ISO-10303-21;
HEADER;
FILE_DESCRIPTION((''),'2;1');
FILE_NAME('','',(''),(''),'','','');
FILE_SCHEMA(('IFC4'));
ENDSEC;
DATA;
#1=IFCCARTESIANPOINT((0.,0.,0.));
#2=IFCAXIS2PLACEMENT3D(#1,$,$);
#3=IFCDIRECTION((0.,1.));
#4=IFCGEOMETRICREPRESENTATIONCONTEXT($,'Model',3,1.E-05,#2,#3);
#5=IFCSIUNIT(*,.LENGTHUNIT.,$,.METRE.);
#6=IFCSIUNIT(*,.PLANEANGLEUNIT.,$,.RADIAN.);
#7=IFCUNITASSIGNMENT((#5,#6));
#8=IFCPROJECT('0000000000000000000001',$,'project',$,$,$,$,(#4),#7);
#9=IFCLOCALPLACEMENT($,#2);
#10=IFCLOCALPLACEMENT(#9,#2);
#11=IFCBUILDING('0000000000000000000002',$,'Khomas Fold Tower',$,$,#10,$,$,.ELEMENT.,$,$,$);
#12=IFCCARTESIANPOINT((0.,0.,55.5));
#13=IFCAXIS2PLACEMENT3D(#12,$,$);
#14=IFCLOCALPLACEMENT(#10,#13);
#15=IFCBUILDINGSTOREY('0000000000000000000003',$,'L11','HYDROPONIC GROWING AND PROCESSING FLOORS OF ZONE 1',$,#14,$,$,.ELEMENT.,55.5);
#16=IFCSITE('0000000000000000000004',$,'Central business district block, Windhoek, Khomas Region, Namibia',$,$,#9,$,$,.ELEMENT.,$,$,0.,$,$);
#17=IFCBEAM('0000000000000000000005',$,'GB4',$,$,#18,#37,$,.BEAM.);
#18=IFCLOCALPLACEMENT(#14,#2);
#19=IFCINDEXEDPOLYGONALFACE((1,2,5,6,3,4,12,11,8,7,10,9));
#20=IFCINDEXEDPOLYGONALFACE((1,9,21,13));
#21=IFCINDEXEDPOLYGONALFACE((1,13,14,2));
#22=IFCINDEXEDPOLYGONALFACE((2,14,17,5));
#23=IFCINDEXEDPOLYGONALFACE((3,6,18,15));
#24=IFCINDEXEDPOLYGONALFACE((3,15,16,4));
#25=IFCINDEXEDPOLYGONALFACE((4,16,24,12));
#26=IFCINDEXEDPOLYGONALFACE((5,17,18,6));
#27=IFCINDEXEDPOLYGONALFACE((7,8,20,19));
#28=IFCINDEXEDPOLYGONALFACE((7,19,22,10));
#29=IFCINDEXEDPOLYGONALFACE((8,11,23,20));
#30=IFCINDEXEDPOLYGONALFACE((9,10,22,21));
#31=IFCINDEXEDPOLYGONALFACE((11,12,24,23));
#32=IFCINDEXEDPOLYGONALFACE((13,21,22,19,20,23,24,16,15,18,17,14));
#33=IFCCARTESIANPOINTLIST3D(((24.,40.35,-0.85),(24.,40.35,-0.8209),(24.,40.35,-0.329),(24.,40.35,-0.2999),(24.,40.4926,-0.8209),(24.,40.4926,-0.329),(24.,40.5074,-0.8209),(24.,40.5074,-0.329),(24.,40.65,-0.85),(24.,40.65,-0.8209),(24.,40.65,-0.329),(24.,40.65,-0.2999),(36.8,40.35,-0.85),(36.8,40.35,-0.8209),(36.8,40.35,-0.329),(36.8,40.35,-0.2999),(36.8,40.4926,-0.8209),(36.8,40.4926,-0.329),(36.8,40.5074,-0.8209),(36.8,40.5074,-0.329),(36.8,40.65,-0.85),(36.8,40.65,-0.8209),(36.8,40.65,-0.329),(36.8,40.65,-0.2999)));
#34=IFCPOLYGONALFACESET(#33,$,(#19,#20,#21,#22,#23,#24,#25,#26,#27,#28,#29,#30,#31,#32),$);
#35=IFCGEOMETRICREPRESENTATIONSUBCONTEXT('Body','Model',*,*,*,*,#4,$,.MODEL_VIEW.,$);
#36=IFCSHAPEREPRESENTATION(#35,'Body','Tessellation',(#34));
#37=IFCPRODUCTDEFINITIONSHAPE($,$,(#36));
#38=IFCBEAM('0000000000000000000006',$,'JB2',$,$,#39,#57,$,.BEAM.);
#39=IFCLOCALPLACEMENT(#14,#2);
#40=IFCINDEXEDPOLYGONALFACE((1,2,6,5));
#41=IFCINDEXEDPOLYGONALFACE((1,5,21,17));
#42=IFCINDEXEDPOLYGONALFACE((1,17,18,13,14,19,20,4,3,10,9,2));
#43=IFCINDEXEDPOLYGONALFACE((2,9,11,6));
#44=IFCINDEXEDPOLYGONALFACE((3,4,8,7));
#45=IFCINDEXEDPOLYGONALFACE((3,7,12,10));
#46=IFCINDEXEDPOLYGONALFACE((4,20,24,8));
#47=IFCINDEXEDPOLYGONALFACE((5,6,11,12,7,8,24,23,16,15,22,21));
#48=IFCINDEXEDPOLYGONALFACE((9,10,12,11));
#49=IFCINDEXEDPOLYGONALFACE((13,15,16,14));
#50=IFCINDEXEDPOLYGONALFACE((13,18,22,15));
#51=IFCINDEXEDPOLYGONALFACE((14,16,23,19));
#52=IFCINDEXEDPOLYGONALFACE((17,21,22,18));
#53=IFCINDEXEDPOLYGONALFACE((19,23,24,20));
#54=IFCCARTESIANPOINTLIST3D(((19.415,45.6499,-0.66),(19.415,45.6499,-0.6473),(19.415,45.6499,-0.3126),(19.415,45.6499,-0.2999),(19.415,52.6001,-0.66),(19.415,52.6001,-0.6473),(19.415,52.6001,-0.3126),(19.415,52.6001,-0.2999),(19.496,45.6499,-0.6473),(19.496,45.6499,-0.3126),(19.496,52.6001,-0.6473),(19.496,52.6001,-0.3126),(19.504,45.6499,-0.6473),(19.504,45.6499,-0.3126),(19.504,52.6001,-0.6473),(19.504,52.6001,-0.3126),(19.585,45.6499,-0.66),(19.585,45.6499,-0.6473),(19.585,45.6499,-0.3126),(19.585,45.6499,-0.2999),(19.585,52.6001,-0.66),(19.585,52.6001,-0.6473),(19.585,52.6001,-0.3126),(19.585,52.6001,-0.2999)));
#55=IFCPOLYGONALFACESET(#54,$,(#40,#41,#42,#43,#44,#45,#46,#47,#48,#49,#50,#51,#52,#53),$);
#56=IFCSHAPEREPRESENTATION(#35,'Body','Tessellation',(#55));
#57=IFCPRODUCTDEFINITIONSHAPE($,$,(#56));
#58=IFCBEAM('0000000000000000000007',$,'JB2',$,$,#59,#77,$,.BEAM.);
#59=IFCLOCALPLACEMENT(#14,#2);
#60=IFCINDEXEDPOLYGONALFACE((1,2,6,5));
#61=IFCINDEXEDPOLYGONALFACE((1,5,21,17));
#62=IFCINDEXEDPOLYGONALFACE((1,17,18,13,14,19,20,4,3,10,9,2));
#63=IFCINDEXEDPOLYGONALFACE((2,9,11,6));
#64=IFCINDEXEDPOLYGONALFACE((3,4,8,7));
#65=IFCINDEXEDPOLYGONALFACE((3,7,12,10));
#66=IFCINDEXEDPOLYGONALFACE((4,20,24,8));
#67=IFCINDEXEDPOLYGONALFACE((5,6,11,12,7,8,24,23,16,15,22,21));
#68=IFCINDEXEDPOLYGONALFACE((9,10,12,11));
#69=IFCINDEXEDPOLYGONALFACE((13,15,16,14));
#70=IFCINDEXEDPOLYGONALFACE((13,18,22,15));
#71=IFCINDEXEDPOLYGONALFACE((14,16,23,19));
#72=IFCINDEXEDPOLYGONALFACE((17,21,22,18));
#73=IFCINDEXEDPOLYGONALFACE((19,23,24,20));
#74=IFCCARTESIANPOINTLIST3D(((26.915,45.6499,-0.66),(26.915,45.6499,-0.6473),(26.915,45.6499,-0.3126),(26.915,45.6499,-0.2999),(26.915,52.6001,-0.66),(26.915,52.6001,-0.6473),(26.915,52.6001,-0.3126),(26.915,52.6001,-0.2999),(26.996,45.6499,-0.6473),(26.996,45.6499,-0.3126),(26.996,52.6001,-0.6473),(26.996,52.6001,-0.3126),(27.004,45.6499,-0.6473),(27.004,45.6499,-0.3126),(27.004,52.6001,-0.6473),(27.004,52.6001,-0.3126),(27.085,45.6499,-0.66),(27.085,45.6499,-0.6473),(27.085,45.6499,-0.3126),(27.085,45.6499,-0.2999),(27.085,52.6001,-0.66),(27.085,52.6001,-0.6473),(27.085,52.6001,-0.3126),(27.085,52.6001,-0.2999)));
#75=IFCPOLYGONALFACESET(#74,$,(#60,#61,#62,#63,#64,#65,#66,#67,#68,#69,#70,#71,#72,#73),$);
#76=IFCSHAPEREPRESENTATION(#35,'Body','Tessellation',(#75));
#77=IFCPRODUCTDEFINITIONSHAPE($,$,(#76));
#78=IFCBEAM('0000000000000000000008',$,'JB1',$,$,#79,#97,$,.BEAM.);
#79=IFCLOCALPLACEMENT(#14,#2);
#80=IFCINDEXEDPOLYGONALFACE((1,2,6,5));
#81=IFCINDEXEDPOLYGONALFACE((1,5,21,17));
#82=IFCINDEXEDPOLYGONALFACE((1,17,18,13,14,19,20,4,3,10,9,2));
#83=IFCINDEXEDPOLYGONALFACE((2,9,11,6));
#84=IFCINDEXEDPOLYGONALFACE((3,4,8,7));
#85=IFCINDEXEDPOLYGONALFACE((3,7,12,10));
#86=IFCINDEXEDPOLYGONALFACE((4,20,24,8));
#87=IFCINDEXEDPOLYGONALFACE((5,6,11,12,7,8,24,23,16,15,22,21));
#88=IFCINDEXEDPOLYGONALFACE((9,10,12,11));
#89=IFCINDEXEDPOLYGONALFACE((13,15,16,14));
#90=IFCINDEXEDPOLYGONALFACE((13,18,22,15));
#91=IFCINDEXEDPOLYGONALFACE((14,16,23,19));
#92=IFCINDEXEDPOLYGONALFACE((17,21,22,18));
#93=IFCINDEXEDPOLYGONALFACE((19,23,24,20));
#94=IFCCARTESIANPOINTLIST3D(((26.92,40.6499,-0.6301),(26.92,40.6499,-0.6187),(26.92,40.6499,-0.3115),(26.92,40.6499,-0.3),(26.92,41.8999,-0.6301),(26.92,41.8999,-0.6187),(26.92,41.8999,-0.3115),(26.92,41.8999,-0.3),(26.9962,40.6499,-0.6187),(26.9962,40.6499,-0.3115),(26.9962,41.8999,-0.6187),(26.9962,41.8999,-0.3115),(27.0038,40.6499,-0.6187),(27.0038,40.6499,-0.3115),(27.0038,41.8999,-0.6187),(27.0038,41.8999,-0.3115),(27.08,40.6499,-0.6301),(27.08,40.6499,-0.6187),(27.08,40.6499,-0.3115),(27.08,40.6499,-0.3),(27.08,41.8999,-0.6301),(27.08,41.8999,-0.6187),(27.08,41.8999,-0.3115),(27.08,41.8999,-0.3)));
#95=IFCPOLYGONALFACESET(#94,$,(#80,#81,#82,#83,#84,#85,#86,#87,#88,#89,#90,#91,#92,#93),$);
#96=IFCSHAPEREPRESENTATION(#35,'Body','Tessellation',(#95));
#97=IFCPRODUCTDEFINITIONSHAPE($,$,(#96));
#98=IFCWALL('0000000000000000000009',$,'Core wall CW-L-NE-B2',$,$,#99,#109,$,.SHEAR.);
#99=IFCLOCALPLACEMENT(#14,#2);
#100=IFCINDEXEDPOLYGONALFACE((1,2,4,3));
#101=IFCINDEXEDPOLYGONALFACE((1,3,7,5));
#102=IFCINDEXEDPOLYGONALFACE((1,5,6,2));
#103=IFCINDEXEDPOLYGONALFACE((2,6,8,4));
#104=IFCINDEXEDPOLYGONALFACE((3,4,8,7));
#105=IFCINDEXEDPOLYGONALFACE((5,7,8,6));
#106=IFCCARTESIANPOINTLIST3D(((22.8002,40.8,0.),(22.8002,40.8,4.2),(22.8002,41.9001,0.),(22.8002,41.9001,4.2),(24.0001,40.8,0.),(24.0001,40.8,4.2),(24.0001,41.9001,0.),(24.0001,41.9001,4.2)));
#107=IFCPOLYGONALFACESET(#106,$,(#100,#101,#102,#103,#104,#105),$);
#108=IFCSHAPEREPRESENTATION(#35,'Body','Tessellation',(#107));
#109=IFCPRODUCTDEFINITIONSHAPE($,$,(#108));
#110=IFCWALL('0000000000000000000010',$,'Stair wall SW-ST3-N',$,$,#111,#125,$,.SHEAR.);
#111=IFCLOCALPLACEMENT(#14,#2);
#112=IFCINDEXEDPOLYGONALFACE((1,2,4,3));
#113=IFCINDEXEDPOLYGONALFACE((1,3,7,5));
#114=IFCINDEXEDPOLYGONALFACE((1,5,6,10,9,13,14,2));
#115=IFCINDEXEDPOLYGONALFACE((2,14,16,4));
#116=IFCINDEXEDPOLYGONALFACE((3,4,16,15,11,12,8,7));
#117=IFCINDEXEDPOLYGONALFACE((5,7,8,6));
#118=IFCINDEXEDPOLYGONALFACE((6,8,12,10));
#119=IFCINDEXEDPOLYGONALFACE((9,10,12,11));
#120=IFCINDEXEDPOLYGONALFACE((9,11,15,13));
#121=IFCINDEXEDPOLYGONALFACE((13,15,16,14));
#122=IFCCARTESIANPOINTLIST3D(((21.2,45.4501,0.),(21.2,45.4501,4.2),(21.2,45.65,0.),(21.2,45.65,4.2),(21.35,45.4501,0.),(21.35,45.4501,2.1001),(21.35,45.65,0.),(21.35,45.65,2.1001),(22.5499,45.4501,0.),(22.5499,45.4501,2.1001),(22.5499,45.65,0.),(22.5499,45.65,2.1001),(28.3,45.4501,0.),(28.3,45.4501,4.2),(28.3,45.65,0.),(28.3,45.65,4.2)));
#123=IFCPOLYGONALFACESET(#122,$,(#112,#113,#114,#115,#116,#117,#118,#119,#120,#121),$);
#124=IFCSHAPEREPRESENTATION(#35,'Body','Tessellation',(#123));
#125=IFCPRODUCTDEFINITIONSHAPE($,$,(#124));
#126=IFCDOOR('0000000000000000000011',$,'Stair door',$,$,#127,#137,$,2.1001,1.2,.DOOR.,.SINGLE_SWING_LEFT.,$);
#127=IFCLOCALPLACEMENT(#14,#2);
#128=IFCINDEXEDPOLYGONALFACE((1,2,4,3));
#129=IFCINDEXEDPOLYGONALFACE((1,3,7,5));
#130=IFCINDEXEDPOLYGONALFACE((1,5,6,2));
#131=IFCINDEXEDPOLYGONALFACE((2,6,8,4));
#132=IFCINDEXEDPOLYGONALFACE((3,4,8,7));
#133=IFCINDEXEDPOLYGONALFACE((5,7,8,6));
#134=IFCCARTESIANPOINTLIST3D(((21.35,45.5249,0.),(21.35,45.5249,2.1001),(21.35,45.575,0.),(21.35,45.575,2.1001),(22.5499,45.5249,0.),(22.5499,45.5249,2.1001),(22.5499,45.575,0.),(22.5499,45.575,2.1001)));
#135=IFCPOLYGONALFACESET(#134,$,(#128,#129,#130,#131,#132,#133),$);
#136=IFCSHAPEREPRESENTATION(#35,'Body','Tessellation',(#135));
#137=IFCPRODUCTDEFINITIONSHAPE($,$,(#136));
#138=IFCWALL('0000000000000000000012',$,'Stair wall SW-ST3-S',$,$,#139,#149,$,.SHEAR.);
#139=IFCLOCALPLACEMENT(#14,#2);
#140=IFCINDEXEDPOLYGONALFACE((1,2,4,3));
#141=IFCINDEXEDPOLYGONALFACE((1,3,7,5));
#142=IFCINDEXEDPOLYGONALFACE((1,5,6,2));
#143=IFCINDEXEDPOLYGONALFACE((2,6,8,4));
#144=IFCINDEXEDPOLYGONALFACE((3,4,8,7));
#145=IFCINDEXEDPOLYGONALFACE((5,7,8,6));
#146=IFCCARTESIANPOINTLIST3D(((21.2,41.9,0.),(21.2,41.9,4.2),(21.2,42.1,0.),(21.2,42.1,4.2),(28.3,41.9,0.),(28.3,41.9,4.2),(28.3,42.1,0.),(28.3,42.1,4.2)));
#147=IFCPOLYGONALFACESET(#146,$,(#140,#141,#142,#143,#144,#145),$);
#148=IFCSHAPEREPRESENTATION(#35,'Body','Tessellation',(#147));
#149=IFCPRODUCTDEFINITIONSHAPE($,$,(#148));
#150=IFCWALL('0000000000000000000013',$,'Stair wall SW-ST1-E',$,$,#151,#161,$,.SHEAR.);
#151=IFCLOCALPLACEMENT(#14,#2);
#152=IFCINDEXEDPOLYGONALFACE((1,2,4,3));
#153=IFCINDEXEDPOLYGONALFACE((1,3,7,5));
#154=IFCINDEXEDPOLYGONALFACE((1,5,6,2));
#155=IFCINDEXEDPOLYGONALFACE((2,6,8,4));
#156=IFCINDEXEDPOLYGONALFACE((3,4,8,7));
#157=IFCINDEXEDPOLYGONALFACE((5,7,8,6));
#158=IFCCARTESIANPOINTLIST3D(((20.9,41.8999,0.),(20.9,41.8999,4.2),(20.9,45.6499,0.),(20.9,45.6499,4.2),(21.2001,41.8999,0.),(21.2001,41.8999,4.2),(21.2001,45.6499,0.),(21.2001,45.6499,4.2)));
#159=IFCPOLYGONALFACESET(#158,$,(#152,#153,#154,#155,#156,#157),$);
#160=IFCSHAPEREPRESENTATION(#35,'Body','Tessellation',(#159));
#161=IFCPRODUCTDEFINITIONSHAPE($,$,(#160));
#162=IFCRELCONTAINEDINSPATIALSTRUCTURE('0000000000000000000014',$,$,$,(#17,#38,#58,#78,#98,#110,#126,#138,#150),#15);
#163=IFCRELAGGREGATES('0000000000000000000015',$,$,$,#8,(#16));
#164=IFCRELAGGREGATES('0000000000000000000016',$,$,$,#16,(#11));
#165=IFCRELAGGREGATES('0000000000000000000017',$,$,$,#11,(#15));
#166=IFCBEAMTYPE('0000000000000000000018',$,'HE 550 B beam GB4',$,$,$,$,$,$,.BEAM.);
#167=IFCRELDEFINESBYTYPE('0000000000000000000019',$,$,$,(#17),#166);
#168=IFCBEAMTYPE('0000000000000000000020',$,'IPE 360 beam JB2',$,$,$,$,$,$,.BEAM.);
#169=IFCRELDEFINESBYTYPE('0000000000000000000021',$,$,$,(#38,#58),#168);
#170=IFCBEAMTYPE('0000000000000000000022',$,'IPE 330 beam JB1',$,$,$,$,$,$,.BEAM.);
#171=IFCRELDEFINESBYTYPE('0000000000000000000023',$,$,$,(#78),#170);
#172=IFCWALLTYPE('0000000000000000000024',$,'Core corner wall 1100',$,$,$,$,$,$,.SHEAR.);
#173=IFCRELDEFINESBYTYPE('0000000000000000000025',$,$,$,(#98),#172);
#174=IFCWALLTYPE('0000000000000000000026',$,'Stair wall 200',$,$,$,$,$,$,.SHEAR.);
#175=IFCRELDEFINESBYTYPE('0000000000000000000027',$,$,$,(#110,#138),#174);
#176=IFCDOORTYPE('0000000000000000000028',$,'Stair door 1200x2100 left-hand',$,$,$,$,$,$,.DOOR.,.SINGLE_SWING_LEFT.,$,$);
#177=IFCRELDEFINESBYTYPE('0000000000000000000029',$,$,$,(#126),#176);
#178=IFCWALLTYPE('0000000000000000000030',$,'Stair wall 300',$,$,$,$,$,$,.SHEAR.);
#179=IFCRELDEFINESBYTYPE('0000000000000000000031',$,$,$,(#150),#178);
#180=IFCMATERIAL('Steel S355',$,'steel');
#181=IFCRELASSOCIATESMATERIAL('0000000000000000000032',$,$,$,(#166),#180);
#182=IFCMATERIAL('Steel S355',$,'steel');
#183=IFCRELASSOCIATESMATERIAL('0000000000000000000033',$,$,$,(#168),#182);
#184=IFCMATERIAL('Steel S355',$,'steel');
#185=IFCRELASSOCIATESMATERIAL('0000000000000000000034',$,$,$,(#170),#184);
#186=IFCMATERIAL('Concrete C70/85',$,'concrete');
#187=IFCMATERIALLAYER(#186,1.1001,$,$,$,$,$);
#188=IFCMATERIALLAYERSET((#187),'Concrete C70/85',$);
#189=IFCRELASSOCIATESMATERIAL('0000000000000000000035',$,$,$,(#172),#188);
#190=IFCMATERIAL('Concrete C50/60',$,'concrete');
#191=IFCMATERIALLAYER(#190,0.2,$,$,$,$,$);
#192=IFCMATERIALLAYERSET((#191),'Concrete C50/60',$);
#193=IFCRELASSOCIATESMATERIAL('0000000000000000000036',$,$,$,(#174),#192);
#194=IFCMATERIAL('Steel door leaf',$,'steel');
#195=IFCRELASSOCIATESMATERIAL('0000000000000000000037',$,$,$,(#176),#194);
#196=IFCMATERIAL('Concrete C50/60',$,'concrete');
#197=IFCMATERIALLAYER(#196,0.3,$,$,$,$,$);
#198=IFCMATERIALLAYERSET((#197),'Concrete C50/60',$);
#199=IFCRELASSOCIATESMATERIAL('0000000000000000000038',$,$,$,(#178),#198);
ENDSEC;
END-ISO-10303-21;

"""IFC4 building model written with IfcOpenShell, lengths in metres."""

from ifc_helpers import new_model, si_unit, direction, frame, frame_2d, origin, origin_2d, place, context, subcontext, project, spatial, rectangle, i_section, extrude, source, transform, mapped, material, layer, layer_set, material_profile, profile_set, type_object, element, fill, save


model = new_model("IFC4")

# Units and contexts
model_context = context("Model", 3, precision=1e-05, world=origin(), true_north=direction((0.0, 1.0)))
body_context = subcontext(model_context, "Body", "Model", "MODEL_VIEW")
ifc_project = project(units=[si_unit("LENGTHUNIT", "METRE"), si_unit("PLANEANGLEUNIT", "RADIAN")], contexts=[model_context])

# Site, building, storey
site_placement = place(None, origin())
site = spatial("IfcSite", under=ifc_project, at=site_placement, Name="Central business district block, Windhoek, Khomas Region, Namibia", CompositionType="ELEMENT", RefElevation=0.0)
building_placement = place(site_placement, origin())
building = spatial("IfcBuilding", under=site, at=building_placement, Name="Khomas Fold Tower", CompositionType="ELEMENT")
storey_placement = place(building_placement, frame((0.0, 0.0, 55.5)))
storey = spatial("IfcBuildingStorey", under=building, at=storey_placement, Name="L11", Description="HYDROPONIC GROWING AND PROCESSING FLOORS OF ZONE 1", CompositionType="ELEMENT", Elevation=55.5)

# Beams
ifc_material_1 = material(Name="Steel S355", Category="steel")
ifc_material_profile_1 = material_profile(ifc_material_1, i_section(OverallWidth=0.3, OverallDepth=0.55, WebThickness=0.0149, FlangeThickness=0.0291, at=origin_2d()), Name="HE 550 B")
ifc_profile_set_1 = profile_set([ifc_material_profile_1], Name="Steel S355")
beam_type_1 = type_object("IfcBeamType", Name="HE 550 B beam GB4", PredefinedType="BEAM", material=ifc_profile_set_1)
shared_shape_1 = source(origin(), body_context, "Body", "SweptSolid", [
    extrude(i_section(OverallWidth=0.3, OverallDepth=0.55, WebThickness=0.0149, FlangeThickness=0.0291, at=origin_2d()), origin(), (0.0, 0.0, 1.0), 12.8),
])
beam_1_placement = place(storey_placement, frame((24.0, 40.5, -0.575), z_axis=(1.0, 0.0, 0.0), x_axis=(0.0, 1.0, 0.0)))
element("IfcBeam", 1, at=beam_1_placement, inside=storey, type_object=beam_type_1, Name="GB4", PredefinedType="BEAM", context=body_context, shape_type="MappedRepresentation", body=[
    mapped(shared_shape_1, transform((0.0, 0.0, 0.0))),
])
ifc_material_2 = material(Name="Steel S355", Category="steel")
ifc_material_profile_2 = material_profile(ifc_material_2, i_section(OverallWidth=0.1699, OverallDepth=0.3601, WebThickness=0.0081, FlangeThickness=0.0127, at=origin_2d()), Name="IPE 360")
ifc_profile_set_2 = profile_set([ifc_material_profile_2], Name="Steel S355")
beam_type_2 = type_object("IfcBeamType", Name="IPE 360 beam JB2", PredefinedType="BEAM", material=ifc_profile_set_2)
shared_shape_2 = source(origin(), body_context, "Body", "SweptSolid", [
    extrude(i_section(OverallWidth=0.1699, OverallDepth=0.3601, WebThickness=0.0081, FlangeThickness=0.0127, at=origin_2d()), origin(), (0.0, 0.0, 1.0), 6.9502),
])
for number, where, z_axis, x_axis, name in (
    (2, (19.5, 45.6499, -0.48), (0.0, 1.0, 0.0), (-1.0, 0.0, 0.0), "JB2"),
    (3, (27.0, 45.6499, -0.48), (0.0, 1.0, 0.0), (-1.0, 0.0, 0.0), "JB2"),
):
    element("IfcBeam", number, at=place(storey_placement, frame(where, z_axis=z_axis, x_axis=x_axis)), inside=storey, type_object=beam_type_2, Name=name, PredefinedType="BEAM", context=body_context, shape_type="MappedRepresentation", body=[
        mapped(shared_shape_2, transform((0.0, 0.0, 0.0))),
    ])
ifc_material_3 = material(Name="Steel S355", Category="steel")
ifc_material_profile_3 = material_profile(ifc_material_3, i_section(OverallWidth=0.1599, OverallDepth=0.3301, WebThickness=0.0076, FlangeThickness=0.0115, at=origin_2d()), Name="IPE 330")
ifc_profile_set_3 = profile_set([ifc_material_profile_3], Name="Steel S355")
beam_type_3 = type_object("IfcBeamType", Name="IPE 330 beam JB1", PredefinedType="BEAM", material=ifc_profile_set_3)
shared_shape_3 = source(origin(), body_context, "Body", "SweptSolid", [
    extrude(i_section(OverallWidth=0.1599, OverallDepth=0.3301, WebThickness=0.0076, FlangeThickness=0.0115, at=origin_2d()), origin(), (0.0, 0.0, 1.0), 1.25),
])
beam_2_placement = place(storey_placement, frame((27.0, 40.6499, -0.4651), z_axis=(0.0, 1.0, 0.0), x_axis=(-1.0, 0.0, 0.0)))
element("IfcBeam", 4, at=beam_2_placement, inside=storey, type_object=beam_type_3, Name="JB1", PredefinedType="BEAM", context=body_context, shape_type="MappedRepresentation", body=[
    mapped(shared_shape_3, transform((0.0, 0.0, 0.0))),
])

# Wall
ifc_material_4 = material(Name="Concrete C70/85", Category="concrete")
ifc_layer_1 = layer(ifc_material_4, 1.1001)
ifc_layer_set_1 = layer_set([ifc_layer_1], Name="Concrete C70/85")
wall_type_1 = type_object("IfcWallType", Name="Core corner wall 1100", PredefinedType="SHEAR", material=ifc_layer_set_1)
shared_shape_4 = source(origin(), body_context, "Body", "SweptSolid", [
    extrude(rectangle(XDim=1.2, YDim=1.1001, at=frame_2d((0.6001, 0.0))), origin(), (0.0, 0.0, 1.0), 4.2),
])
wall_1_placement = place(storey_placement, frame((22.8, 41.3501, 0.0), z_axis=(0.0, 0.0, 1.0), x_axis=(1.0, 0.0, 0.0)))
element("IfcWall", 5, at=wall_1_placement, inside=storey, type_object=wall_type_1, Name="Core wall CW-L-NE-B2", PredefinedType="SHEAR", context=body_context, shape_type="MappedRepresentation", body=[
    mapped(shared_shape_4, transform((0.0, 0.0, 0.0))),
])

# Wall, opening, door
ifc_material_5 = material(Name="Concrete C50/60", Category="concrete")
ifc_layer_2 = layer(ifc_material_5, 0.2)
ifc_layer_set_2 = layer_set([ifc_layer_2], Name="Concrete C50/60")
wall_type_2 = type_object("IfcWallType", Name="Stair wall 200", PredefinedType="SHEAR", material=ifc_layer_set_2)
shared_shape_5 = source(origin(), body_context, "Body", "SweptSolid", [
    extrude(rectangle(XDim=7.1001, YDim=0.2, at=frame_2d((3.55, 0.0))), origin(), (0.0, 0.0, 1.0), 4.2),
])
wall_2_placement = place(storey_placement, frame((21.2, 45.55, 0.0), z_axis=(0.0, 0.0, 1.0), x_axis=(1.0, 0.0, 0.0)))
wall_2 = element("IfcWall", 6, at=wall_2_placement, inside=storey, type_object=wall_type_2, Name="Stair wall SW-ST3-N", PredefinedType="SHEAR", context=body_context, shape_type="MappedRepresentation", body=[
    mapped(shared_shape_5, transform((0.0, 0.0, 0.0))),
])
shared_shape_6 = source(origin(), body_context, "Body", "SweptSolid", [
    extrude(rectangle(XDim=1.2, YDim=2.1001, at=frame_2d((0.6001, 1.05))), frame((0.0, 0.1099, 0.0), z_axis=(0.0, -1.0, 0.0), x_axis=(1.0, 0.0, 0.0)), (0.0, 0.0, 1.0), 0.22),
])
opening_1_placement = place(wall_2_placement, frame((0.1499, 0.0, 0.0)))
opening_1 = element("IfcOpeningElement", 7, at=opening_1_placement, cuts=wall_2, PredefinedType="OPENING", context=body_context, shape_type="MappedRepresentation", body=[
    mapped(shared_shape_6, transform((0.0, 0.0, 0.0))),
])
ifc_material_6 = material(Name="Steel door leaf", Category="steel")
door_type_1 = type_object("IfcDoorType", Name="Stair door 1200x2100 left-hand", OperationType="SINGLE_SWING_LEFT", PredefinedType="DOOR", material=ifc_material_6)
shared_shape_7 = source(origin(), body_context, "Body", "SweptSolid", [
    extrude(rectangle(XDim=1.2, YDim=2.1001, at=frame_2d((0.6001, 1.05))), frame((0.0, 0.0249, 0.0), z_axis=(0.0, -1.0, 0.0), x_axis=(1.0, 0.0, 0.0)), (0.0, 0.0, 1.0), 0.05),
])
door_1_placement = place(opening_1_placement, origin())
door_1 = element("IfcDoor", 8, at=door_1_placement, inside=storey, type_object=door_type_1, Name="Stair door", OperationType="SINGLE_SWING_LEFT", OverallHeight=2.1001, OverallWidth=1.2, PredefinedType="DOOR", context=body_context, shape_type="MappedRepresentation", body=[
    mapped(shared_shape_7, transform((0.0, 0.0, 0.0))),
])
fill(opening_1, door_1)

# Walls
wall_3_placement = place(storey_placement, frame((21.2, 42.0, 0.0), z_axis=(0.0, 0.0, 1.0), x_axis=(1.0, 0.0, 0.0)))
element("IfcWall", 9, at=wall_3_placement, inside=storey, type_object=wall_type_2, Name="Stair wall SW-ST3-S", PredefinedType="SHEAR", context=body_context, shape_type="MappedRepresentation", body=[
    mapped(shared_shape_5, transform((0.0, 0.0, 0.0))),
])
ifc_material_7 = material(Name="Concrete C50/60", Category="concrete")
ifc_layer_3 = layer(ifc_material_7, 0.3)
ifc_layer_set_3 = layer_set([ifc_layer_3], Name="Concrete C50/60")
wall_type_3 = type_object("IfcWallType", Name="Stair wall 300", PredefinedType="SHEAR", material=ifc_layer_set_3)
shared_shape_8 = source(origin(), body_context, "Body", "SweptSolid", [
    extrude(rectangle(XDim=3.75, YDim=0.3, at=frame_2d((1.875, 0.0))), origin(), (0.0, 0.0, 1.0), 4.2),
])
wall_4_placement = place(storey_placement, frame((21.05, 41.8999, 0.0), z_axis=(0.0, 0.0, 1.0), x_axis=(0.0, 1.0, 0.0)))
element("IfcWall", 10, at=wall_4_placement, inside=storey, type_object=wall_type_3, Name="Stair wall SW-ST1-E", PredefinedType="SHEAR", context=body_context, shape_type="MappedRepresentation", body=[
    mapped(shared_shape_8, transform((0.0, 0.0, 0.0))),
])

save(model, "model.ifc")
